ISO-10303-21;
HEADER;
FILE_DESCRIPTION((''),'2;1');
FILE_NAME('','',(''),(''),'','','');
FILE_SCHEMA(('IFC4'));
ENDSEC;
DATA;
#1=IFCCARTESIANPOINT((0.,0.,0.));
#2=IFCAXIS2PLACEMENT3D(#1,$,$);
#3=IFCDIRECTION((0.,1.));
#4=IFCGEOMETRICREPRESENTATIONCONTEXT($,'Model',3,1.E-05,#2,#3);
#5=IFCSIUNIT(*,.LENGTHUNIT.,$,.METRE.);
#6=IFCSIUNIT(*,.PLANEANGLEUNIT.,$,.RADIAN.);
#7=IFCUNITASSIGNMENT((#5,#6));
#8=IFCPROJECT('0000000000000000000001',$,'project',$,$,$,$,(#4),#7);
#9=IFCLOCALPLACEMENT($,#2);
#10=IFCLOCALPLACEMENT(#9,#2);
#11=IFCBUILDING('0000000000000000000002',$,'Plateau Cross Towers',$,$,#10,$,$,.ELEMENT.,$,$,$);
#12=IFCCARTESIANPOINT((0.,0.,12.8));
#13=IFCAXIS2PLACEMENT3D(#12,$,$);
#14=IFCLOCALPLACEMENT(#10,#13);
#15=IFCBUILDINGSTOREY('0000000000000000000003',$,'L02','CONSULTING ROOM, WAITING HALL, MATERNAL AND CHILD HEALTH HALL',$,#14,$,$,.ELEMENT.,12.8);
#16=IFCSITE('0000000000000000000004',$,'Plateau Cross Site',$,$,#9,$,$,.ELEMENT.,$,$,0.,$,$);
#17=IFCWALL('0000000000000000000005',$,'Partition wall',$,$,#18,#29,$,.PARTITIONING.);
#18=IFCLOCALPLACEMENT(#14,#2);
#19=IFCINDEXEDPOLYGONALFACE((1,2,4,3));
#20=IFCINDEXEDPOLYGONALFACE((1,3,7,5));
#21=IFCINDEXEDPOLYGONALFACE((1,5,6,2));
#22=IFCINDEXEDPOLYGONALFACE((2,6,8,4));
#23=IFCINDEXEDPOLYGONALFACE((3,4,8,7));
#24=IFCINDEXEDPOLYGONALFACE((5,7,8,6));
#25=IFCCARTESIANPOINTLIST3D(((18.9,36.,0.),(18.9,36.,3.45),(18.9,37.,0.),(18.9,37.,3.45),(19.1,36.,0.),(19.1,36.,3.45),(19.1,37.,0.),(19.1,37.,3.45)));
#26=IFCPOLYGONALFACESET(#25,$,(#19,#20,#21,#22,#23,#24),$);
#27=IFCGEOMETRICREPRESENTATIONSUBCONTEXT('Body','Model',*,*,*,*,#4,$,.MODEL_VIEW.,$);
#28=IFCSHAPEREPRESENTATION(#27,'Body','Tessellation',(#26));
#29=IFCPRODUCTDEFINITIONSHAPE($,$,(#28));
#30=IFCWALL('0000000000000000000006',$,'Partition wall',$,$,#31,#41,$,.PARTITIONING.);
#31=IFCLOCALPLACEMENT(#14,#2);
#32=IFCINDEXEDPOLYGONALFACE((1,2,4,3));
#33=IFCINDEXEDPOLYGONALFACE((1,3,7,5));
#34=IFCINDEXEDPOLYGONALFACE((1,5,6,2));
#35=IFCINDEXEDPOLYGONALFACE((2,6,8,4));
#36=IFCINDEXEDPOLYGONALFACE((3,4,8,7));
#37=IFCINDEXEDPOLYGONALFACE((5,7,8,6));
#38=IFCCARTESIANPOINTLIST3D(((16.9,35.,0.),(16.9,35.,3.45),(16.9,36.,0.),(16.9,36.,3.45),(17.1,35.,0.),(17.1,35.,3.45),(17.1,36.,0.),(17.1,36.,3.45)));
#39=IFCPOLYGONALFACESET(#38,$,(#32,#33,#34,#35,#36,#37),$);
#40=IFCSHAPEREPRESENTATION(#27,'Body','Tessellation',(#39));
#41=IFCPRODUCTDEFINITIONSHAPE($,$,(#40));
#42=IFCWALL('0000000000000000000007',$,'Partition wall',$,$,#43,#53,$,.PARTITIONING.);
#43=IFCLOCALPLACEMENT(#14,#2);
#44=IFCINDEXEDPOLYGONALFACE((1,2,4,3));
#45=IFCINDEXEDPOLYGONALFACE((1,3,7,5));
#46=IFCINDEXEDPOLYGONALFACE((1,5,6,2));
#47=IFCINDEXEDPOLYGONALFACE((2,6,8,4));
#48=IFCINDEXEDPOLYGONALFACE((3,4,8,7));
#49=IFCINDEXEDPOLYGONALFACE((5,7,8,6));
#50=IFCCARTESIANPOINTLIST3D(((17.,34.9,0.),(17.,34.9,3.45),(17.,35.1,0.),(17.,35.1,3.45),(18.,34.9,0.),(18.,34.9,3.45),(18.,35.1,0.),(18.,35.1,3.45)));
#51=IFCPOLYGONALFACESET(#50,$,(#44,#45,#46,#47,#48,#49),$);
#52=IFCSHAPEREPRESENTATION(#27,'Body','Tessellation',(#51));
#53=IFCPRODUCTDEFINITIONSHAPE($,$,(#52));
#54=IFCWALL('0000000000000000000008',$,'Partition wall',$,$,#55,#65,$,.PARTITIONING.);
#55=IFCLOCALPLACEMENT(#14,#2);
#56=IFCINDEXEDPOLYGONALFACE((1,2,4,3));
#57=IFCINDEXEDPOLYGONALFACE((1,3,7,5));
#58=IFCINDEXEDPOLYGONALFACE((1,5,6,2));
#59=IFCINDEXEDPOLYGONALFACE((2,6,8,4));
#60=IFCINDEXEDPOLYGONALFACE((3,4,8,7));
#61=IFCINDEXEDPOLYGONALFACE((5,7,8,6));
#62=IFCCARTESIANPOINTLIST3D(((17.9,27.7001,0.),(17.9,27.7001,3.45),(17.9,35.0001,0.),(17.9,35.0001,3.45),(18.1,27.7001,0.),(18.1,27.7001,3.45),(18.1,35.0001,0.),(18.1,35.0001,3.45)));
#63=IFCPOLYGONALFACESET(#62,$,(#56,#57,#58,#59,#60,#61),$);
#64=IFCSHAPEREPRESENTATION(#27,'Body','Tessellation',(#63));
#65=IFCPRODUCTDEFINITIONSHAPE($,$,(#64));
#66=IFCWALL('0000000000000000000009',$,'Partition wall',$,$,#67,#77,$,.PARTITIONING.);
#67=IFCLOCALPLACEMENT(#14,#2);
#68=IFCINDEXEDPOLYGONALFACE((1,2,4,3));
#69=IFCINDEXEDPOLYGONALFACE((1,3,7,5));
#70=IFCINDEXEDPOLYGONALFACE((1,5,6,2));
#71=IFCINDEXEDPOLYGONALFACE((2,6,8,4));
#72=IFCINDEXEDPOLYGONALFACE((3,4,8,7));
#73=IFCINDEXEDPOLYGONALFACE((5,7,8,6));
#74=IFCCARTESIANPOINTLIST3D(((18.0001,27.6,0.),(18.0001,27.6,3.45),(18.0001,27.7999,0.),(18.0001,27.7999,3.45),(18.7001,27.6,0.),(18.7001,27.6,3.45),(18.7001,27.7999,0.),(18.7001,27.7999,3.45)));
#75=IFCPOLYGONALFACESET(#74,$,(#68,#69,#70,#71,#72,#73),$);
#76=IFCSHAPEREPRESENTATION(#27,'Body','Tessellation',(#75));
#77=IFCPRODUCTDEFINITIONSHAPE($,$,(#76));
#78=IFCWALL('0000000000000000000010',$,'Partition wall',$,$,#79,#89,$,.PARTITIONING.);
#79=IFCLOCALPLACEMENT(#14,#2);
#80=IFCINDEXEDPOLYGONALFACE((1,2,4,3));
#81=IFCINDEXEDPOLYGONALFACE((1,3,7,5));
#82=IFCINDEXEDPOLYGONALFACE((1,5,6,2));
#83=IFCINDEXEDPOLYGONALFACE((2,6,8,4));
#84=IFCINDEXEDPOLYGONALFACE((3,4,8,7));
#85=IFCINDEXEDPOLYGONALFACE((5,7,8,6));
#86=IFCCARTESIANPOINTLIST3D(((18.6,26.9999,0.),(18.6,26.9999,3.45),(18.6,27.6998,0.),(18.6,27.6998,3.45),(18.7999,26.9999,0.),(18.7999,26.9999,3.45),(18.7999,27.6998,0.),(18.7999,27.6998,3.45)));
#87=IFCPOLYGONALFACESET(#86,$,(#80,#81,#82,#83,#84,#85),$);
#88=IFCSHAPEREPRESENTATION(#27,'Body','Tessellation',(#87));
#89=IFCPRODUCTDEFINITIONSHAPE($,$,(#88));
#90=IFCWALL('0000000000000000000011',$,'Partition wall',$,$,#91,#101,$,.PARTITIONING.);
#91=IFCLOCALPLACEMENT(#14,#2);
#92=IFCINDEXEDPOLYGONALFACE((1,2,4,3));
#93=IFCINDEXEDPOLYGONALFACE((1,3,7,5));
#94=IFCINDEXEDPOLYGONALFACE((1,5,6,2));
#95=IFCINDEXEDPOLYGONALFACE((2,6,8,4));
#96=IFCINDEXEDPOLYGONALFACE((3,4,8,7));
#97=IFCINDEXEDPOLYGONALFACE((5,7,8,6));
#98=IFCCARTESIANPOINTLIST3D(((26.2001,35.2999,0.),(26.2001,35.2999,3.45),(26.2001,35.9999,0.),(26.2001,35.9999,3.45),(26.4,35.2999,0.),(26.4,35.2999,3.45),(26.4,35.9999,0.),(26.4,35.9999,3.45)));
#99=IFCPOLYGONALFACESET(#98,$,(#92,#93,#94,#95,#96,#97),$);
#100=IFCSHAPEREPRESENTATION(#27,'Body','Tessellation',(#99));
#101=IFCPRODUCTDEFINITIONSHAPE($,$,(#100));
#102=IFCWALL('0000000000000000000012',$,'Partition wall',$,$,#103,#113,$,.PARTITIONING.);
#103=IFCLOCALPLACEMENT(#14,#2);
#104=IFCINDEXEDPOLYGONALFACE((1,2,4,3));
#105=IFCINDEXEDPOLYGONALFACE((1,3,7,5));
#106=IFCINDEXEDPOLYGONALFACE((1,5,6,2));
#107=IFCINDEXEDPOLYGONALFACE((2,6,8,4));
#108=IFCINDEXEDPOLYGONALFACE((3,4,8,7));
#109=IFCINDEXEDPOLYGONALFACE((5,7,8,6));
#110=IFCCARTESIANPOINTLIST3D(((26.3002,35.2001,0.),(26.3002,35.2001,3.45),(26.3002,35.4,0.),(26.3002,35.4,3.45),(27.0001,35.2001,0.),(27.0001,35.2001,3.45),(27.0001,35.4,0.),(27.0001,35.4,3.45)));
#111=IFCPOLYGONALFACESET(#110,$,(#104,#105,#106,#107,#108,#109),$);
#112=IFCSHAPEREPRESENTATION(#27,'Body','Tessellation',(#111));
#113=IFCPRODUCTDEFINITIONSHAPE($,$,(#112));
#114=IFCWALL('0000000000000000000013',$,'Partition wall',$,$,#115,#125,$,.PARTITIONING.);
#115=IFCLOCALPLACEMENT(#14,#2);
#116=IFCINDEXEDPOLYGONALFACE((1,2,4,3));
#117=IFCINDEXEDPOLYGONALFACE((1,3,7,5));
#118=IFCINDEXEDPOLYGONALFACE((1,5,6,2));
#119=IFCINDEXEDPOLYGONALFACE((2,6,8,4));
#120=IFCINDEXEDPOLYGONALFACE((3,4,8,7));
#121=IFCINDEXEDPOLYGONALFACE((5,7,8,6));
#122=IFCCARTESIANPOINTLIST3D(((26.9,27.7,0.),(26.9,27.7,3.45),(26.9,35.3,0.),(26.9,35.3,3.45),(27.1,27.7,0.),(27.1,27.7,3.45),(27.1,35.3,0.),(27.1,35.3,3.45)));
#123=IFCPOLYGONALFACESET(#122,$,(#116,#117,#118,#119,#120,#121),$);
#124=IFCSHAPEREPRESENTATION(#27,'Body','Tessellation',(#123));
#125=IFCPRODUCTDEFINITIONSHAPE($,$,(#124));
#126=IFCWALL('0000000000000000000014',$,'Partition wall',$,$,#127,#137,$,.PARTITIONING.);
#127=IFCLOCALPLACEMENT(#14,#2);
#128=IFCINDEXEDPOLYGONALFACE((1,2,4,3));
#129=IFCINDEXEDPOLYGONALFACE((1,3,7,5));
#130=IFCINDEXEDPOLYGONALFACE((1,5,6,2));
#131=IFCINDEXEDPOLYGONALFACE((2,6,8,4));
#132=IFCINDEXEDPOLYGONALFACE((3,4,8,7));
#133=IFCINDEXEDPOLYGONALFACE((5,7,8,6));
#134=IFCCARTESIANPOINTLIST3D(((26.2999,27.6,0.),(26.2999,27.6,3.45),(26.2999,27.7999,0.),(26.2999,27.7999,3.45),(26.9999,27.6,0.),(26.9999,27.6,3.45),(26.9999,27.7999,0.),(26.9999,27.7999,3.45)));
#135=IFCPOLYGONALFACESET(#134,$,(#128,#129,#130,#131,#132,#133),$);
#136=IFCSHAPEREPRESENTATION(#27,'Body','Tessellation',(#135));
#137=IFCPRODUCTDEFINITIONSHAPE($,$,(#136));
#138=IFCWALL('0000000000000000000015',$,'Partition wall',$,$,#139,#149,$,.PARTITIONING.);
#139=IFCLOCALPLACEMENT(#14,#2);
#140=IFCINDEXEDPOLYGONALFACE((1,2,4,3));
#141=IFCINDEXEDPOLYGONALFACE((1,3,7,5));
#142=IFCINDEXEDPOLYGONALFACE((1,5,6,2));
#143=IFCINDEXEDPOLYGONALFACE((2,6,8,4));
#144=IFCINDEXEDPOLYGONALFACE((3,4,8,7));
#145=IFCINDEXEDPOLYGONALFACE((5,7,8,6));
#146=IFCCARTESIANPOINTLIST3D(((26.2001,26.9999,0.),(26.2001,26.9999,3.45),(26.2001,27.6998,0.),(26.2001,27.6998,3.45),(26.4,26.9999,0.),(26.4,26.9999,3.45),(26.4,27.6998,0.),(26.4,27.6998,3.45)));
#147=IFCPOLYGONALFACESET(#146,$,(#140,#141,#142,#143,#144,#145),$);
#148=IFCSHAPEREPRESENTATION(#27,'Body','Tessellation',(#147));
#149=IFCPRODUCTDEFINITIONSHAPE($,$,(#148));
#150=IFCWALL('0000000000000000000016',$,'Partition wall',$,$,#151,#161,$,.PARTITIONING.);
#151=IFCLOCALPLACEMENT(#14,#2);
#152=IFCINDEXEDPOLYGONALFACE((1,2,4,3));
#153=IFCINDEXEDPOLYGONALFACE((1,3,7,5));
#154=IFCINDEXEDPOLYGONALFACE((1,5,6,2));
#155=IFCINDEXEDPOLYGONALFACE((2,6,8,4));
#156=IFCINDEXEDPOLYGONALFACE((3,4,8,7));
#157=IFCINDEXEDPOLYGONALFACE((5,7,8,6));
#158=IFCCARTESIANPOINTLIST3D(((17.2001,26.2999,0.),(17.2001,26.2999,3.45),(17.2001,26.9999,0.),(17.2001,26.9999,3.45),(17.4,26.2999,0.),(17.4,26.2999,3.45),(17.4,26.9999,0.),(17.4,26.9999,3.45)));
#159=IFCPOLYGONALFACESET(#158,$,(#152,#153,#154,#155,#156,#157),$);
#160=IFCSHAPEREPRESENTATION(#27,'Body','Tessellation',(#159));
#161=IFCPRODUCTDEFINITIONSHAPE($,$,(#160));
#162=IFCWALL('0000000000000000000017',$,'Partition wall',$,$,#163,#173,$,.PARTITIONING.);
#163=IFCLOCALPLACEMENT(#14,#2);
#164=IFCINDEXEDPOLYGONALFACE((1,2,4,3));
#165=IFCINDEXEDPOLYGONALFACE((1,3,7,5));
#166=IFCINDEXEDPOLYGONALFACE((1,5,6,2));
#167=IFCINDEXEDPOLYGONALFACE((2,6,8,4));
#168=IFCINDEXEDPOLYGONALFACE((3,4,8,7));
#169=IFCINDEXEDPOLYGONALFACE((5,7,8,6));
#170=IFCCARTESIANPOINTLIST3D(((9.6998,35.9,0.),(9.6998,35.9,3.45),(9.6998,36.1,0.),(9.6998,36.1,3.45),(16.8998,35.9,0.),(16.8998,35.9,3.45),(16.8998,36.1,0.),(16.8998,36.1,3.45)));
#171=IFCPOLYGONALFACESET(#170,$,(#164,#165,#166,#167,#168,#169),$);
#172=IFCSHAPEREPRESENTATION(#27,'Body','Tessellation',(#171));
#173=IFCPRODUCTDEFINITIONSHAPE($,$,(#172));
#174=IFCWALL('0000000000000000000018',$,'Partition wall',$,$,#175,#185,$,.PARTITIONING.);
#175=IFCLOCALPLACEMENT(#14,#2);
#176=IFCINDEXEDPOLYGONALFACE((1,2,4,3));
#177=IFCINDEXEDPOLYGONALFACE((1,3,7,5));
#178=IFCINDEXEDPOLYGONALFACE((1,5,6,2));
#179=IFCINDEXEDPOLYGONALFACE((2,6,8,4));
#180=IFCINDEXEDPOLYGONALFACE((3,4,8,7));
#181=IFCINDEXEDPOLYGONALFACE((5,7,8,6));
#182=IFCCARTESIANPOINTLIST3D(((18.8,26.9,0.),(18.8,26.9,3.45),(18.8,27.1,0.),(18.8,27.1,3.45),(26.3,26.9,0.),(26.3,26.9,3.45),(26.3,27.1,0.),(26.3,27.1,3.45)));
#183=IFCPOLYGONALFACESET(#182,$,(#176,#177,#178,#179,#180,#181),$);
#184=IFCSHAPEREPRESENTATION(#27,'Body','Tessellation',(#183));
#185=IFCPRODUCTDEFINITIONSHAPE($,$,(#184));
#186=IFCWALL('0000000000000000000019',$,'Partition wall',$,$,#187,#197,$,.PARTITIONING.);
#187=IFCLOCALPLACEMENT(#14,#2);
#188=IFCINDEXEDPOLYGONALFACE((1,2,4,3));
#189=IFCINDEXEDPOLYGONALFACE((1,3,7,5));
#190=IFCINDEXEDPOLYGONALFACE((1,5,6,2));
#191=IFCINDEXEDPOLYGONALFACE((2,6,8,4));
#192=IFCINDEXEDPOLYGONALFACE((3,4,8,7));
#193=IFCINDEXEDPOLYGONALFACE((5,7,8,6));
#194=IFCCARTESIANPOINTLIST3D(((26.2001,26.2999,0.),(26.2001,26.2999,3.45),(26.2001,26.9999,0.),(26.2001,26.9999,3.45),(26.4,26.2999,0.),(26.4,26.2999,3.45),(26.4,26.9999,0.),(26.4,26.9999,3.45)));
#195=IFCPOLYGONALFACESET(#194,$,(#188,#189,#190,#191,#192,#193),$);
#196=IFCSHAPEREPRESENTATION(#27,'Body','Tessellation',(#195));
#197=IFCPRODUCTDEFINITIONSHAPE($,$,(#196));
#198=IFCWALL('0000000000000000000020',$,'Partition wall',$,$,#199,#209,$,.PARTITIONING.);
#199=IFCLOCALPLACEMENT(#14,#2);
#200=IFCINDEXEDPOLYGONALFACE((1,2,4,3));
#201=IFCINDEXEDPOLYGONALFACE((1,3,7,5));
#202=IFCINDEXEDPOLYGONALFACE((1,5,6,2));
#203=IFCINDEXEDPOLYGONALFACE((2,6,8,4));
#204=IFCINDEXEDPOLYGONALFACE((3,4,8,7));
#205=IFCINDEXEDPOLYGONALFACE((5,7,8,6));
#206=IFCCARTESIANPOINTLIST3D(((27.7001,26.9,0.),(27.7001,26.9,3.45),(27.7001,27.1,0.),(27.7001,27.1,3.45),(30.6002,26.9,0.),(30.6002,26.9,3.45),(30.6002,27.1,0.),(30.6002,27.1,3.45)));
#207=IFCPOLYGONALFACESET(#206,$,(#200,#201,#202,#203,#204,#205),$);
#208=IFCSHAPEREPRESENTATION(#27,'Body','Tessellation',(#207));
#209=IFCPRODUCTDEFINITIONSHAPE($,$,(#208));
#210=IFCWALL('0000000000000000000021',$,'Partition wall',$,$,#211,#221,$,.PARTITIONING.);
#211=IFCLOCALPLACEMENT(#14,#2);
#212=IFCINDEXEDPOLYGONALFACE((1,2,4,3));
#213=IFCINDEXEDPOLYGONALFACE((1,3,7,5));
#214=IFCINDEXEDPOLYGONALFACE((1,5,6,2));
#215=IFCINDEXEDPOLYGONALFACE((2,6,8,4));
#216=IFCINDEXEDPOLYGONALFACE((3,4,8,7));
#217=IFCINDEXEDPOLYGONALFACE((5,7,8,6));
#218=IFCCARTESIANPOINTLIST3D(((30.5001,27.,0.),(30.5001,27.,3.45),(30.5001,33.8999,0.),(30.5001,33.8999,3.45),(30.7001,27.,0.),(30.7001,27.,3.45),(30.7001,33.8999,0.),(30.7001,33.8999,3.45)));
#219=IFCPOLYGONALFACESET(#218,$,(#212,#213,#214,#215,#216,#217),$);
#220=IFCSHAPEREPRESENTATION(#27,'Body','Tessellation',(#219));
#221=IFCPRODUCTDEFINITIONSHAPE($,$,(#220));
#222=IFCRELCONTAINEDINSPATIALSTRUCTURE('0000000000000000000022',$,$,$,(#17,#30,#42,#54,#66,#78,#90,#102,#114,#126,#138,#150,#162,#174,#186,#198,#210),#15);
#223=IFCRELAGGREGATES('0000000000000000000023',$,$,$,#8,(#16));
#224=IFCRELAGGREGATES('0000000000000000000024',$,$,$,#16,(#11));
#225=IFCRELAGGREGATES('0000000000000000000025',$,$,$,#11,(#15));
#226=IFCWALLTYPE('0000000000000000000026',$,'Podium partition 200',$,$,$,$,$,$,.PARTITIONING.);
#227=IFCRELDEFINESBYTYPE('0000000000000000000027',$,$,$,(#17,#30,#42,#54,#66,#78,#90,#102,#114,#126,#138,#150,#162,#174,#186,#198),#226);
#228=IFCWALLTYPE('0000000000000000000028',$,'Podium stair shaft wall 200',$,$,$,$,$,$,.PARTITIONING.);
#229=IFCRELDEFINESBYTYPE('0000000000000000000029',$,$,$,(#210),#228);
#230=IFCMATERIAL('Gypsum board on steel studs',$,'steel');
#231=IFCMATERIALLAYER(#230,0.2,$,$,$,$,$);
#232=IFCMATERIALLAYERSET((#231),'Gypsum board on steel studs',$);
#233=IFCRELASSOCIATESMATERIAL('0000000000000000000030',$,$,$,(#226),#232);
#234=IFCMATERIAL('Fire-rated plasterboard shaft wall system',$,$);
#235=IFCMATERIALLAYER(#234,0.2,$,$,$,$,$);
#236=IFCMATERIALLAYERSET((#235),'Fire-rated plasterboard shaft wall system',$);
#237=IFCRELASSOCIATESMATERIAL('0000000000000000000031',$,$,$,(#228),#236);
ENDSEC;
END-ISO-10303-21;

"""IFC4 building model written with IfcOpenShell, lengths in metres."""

from ifc_helpers import new_model, si_unit, direction, frame, frame_2d, origin, place, context, subcontext, project, spatial, rectangle, extrude, material, layer, layer_set, type_object, element, save


model = new_model("IFC4")

# Units and contexts
model_context = context("Model", 3, precision=1e-05, world=origin(), true_north=direction((0.0, 1.0)))
body_context = subcontext(model_context, "Body", "Model", "MODEL_VIEW")
ifc_project = project(units=[si_unit("LENGTHUNIT", "METRE"), si_unit("PLANEANGLEUNIT", "RADIAN")], contexts=[model_context])

# Site, building, storey
site_placement = place(None, origin())
site = spatial("IfcSite", under=ifc_project, at=site_placement, Name="Plateau Cross Site", CompositionType="ELEMENT", RefElevation=0.0)
building_placement = place(site_placement, origin())
building = spatial("IfcBuilding", under=site, at=building_placement, Name="Plateau Cross Towers", CompositionType="ELEMENT")
storey_placement = place(building_placement, frame((0.0, 0.0, 12.8)))
storey = spatial("IfcBuildingStorey", under=building, at=storey_placement, Name="L02", Description="CONSULTING ROOM, WAITING HALL, MATERNAL AND CHILD HEALTH HALL", CompositionType="ELEMENT", Elevation=12.8)

# Shared definitions
ifc_material_1 = material(Name="Gypsum board on steel studs", Category="steel")
ifc_layer_1 = layer(ifc_material_1, 0.2)
ifc_layer_set_1 = layer_set([ifc_layer_1], Name="Gypsum board on steel studs")
wall_type_1 = type_object("IfcWallType", Name="Podium partition 200", PredefinedType="PARTITIONING", material=ifc_layer_set_1)

# Walls
for number, where, z_axis, x_axis, name in (
    (1, (19.0, 36.0, 0.0), (0.0, 0.0, 1.0), (0.0, 1.0, 0.0), "Partition wall"),
    (2, (17.0, 36.0, 0.0), (0.0, 0.0, 1.0), (0.0, -1.0, 0.0), "Partition wall"),
    (3, (17.0, 35.0, 0.0), (0.0, 0.0, 1.0), (1.0, 0.0, 0.0), "Partition wall"),
):
    element("IfcWall", number, at=place(storey_placement, frame(where, z_axis=z_axis, x_axis=x_axis)), inside=storey, type_object=wall_type_1, Name=name, PredefinedType="PARTITIONING", context=body_context, shape_type="SweptSolid", body=[
        extrude(rectangle(XDim=1.0, YDim=0.2, at=frame_2d((0.5, 0.0))), origin(), (0.0, 0.0, 1.0), 3.45),
    ])
wall_1_placement = place(storey_placement, frame((18.0, 35.0, 0.0), z_axis=(0.0, 0.0, 1.0), x_axis=(0.0, -1.0, 0.0)))
element("IfcWall", 4, at=wall_1_placement, inside=storey, type_object=wall_type_1, Name="Partition wall", PredefinedType="PARTITIONING", context=body_context, shape_type="SweptSolid", body=[
    extrude(rectangle(XDim=7.3, YDim=0.2, at=frame_2d((3.6499, 0.0))), origin(), (0.0, 0.0, 1.0), 3.45),
])
for number, where, z_axis, x_axis, name in (
    (5, (18.0, 27.7, 0.0), (0.0, 0.0, 1.0), (1.0, 0.0, 0.0), "Partition wall"),
    (6, (18.7, 27.7, 0.0), (0.0, 0.0, 1.0), (0.0, -1.0, 0.0), "Partition wall"),
    (7, (26.3, 36.0, 0.0), (0.0, 0.0, 1.0), (0.0, -1.0, 0.0), "Partition wall"),
    (8, (26.3, 35.3, 0.0), (0.0, 0.0, 1.0), (1.0, 0.0, 0.0), "Partition wall"),
):
    element("IfcWall", number, at=place(storey_placement, frame(where, z_axis=z_axis, x_axis=x_axis)), inside=storey, type_object=wall_type_1, Name=name, PredefinedType="PARTITIONING", context=body_context, shape_type="SweptSolid", body=[
        extrude(rectangle(XDim=0.7, YDim=0.2, at=frame_2d((0.3501, 0.0))), origin(), (0.0, 0.0, 1.0), 3.45),
    ])
wall_2_placement = place(storey_placement, frame((27.0, 35.3, 0.0), z_axis=(0.0, 0.0, 1.0), x_axis=(0.0, -1.0, 0.0)))
element("IfcWall", 9, at=wall_2_placement, inside=storey, type_object=wall_type_1, Name="Partition wall", PredefinedType="PARTITIONING", context=body_context, shape_type="SweptSolid", body=[
    extrude(rectangle(XDim=7.6001, YDim=0.2, at=frame_2d((3.8, 0.0))), origin(), (0.0, 0.0, 1.0), 3.45),
])
for number, where, z_axis, x_axis, name in (
    (10, (27.0, 27.7, 0.0), (0.0, 0.0, 1.0), (-1.0, 0.0, 0.0), "Partition wall"),
    (11, (26.3, 27.7, 0.0), (0.0, 0.0, 1.0), (0.0, -1.0, 0.0), "Partition wall"),
    (12, (17.3, 27.0, 0.0), (0.0, 0.0, 1.0), (0.0, -1.0, 0.0), "Partition wall"),
):
    element("IfcWall", number, at=place(storey_placement, frame(where, z_axis=z_axis, x_axis=x_axis)), inside=storey, type_object=wall_type_1, Name=name, PredefinedType="PARTITIONING", context=body_context, shape_type="SweptSolid", body=[
        extrude(rectangle(XDim=0.7, YDim=0.2, at=frame_2d((0.3501, 0.0))), origin(), (0.0, 0.0, 1.0), 3.45),
    ])
wall_3_placement = place(storey_placement, frame((16.8999, 36.0, 0.0), z_axis=(0.0, 0.0, 1.0), x_axis=(-1.0, 0.0, 0.0)))
element("IfcWall", 13, at=wall_3_placement, inside=storey, type_object=wall_type_1, Name="Partition wall", PredefinedType="PARTITIONING", context=body_context, shape_type="SweptSolid", body=[
    extrude(rectangle(XDim=7.2, YDim=0.2, at=frame_2d((3.6001, 0.0))), origin(), (0.0, 0.0, 1.0), 3.45),
])
wall_4_placement = place(storey_placement, frame((18.8, 27.0, 0.0), z_axis=(0.0, 0.0, 1.0), x_axis=(1.0, 0.0, 0.0)))
element("IfcWall", 14, at=wall_4_placement, inside=storey, type_object=wall_type_1, Name="Partition wall", PredefinedType="PARTITIONING", context=body_context, shape_type="SweptSolid", body=[
    extrude(rectangle(XDim=7.5, YDim=0.2, at=frame_2d((3.75, 0.0))), origin(), (0.0, 0.0, 1.0), 3.45),
])
wall_5_placement = place(storey_placement, frame((26.3, 27.0, 0.0), z_axis=(0.0, 0.0, 1.0), x_axis=(0.0, -1.0, 0.0)))
element("IfcWall", 15, at=wall_5_placement, inside=storey, type_object=wall_type_1, Name="Partition wall", PredefinedType="PARTITIONING", context=body_context, shape_type="SweptSolid", body=[
    extrude(rectangle(XDim=0.7, YDim=0.2, at=frame_2d((0.3501, 0.0))), origin(), (0.0, 0.0, 1.0), 3.45),
])
wall_6_placement = place(storey_placement, frame((27.7, 27.0, 0.0), z_axis=(0.0, 0.0, 1.0), x_axis=(1.0, 0.0, 0.0)))
element("IfcWall", 16, at=wall_6_placement, inside=storey, type_object=wall_type_1, Name="Partition wall", PredefinedType="PARTITIONING", context=body_context, shape_type="SweptSolid", body=[
    extrude(rectangle(XDim=2.9001, YDim=0.2, at=frame_2d((1.4502, 0.0))), origin(), (0.0, 0.0, 1.0), 3.45),
])
ifc_material_2 = material(Name="Fire-rated plasterboard shaft wall system")
ifc_layer_2 = layer(ifc_material_2, 0.2)
ifc_layer_set_2 = layer_set([ifc_layer_2], Name="Fire-rated plasterboard shaft wall system")
wall_type_2 = type_object("IfcWallType", Name="Podium stair shaft wall 200", PredefinedType="PARTITIONING", material=ifc_layer_set_2)
wall_7_placement = place(storey_placement, frame((30.6001, 27.0, 0.0), z_axis=(0.0, 0.0, 1.0), x_axis=(0.0, 1.0, 0.0)))
element("IfcWall", 17, at=wall_7_placement, inside=storey, type_object=wall_type_2, Name="Partition wall", PredefinedType="PARTITIONING", context=body_context, shape_type="SweptSolid", body=[
    extrude(rectangle(XDim=6.8999, YDim=0.2, at=frame_2d((3.45, 0.0))), origin(), (0.0, 0.0, 1.0), 3.45),
])

save(model, "model.ifc")
